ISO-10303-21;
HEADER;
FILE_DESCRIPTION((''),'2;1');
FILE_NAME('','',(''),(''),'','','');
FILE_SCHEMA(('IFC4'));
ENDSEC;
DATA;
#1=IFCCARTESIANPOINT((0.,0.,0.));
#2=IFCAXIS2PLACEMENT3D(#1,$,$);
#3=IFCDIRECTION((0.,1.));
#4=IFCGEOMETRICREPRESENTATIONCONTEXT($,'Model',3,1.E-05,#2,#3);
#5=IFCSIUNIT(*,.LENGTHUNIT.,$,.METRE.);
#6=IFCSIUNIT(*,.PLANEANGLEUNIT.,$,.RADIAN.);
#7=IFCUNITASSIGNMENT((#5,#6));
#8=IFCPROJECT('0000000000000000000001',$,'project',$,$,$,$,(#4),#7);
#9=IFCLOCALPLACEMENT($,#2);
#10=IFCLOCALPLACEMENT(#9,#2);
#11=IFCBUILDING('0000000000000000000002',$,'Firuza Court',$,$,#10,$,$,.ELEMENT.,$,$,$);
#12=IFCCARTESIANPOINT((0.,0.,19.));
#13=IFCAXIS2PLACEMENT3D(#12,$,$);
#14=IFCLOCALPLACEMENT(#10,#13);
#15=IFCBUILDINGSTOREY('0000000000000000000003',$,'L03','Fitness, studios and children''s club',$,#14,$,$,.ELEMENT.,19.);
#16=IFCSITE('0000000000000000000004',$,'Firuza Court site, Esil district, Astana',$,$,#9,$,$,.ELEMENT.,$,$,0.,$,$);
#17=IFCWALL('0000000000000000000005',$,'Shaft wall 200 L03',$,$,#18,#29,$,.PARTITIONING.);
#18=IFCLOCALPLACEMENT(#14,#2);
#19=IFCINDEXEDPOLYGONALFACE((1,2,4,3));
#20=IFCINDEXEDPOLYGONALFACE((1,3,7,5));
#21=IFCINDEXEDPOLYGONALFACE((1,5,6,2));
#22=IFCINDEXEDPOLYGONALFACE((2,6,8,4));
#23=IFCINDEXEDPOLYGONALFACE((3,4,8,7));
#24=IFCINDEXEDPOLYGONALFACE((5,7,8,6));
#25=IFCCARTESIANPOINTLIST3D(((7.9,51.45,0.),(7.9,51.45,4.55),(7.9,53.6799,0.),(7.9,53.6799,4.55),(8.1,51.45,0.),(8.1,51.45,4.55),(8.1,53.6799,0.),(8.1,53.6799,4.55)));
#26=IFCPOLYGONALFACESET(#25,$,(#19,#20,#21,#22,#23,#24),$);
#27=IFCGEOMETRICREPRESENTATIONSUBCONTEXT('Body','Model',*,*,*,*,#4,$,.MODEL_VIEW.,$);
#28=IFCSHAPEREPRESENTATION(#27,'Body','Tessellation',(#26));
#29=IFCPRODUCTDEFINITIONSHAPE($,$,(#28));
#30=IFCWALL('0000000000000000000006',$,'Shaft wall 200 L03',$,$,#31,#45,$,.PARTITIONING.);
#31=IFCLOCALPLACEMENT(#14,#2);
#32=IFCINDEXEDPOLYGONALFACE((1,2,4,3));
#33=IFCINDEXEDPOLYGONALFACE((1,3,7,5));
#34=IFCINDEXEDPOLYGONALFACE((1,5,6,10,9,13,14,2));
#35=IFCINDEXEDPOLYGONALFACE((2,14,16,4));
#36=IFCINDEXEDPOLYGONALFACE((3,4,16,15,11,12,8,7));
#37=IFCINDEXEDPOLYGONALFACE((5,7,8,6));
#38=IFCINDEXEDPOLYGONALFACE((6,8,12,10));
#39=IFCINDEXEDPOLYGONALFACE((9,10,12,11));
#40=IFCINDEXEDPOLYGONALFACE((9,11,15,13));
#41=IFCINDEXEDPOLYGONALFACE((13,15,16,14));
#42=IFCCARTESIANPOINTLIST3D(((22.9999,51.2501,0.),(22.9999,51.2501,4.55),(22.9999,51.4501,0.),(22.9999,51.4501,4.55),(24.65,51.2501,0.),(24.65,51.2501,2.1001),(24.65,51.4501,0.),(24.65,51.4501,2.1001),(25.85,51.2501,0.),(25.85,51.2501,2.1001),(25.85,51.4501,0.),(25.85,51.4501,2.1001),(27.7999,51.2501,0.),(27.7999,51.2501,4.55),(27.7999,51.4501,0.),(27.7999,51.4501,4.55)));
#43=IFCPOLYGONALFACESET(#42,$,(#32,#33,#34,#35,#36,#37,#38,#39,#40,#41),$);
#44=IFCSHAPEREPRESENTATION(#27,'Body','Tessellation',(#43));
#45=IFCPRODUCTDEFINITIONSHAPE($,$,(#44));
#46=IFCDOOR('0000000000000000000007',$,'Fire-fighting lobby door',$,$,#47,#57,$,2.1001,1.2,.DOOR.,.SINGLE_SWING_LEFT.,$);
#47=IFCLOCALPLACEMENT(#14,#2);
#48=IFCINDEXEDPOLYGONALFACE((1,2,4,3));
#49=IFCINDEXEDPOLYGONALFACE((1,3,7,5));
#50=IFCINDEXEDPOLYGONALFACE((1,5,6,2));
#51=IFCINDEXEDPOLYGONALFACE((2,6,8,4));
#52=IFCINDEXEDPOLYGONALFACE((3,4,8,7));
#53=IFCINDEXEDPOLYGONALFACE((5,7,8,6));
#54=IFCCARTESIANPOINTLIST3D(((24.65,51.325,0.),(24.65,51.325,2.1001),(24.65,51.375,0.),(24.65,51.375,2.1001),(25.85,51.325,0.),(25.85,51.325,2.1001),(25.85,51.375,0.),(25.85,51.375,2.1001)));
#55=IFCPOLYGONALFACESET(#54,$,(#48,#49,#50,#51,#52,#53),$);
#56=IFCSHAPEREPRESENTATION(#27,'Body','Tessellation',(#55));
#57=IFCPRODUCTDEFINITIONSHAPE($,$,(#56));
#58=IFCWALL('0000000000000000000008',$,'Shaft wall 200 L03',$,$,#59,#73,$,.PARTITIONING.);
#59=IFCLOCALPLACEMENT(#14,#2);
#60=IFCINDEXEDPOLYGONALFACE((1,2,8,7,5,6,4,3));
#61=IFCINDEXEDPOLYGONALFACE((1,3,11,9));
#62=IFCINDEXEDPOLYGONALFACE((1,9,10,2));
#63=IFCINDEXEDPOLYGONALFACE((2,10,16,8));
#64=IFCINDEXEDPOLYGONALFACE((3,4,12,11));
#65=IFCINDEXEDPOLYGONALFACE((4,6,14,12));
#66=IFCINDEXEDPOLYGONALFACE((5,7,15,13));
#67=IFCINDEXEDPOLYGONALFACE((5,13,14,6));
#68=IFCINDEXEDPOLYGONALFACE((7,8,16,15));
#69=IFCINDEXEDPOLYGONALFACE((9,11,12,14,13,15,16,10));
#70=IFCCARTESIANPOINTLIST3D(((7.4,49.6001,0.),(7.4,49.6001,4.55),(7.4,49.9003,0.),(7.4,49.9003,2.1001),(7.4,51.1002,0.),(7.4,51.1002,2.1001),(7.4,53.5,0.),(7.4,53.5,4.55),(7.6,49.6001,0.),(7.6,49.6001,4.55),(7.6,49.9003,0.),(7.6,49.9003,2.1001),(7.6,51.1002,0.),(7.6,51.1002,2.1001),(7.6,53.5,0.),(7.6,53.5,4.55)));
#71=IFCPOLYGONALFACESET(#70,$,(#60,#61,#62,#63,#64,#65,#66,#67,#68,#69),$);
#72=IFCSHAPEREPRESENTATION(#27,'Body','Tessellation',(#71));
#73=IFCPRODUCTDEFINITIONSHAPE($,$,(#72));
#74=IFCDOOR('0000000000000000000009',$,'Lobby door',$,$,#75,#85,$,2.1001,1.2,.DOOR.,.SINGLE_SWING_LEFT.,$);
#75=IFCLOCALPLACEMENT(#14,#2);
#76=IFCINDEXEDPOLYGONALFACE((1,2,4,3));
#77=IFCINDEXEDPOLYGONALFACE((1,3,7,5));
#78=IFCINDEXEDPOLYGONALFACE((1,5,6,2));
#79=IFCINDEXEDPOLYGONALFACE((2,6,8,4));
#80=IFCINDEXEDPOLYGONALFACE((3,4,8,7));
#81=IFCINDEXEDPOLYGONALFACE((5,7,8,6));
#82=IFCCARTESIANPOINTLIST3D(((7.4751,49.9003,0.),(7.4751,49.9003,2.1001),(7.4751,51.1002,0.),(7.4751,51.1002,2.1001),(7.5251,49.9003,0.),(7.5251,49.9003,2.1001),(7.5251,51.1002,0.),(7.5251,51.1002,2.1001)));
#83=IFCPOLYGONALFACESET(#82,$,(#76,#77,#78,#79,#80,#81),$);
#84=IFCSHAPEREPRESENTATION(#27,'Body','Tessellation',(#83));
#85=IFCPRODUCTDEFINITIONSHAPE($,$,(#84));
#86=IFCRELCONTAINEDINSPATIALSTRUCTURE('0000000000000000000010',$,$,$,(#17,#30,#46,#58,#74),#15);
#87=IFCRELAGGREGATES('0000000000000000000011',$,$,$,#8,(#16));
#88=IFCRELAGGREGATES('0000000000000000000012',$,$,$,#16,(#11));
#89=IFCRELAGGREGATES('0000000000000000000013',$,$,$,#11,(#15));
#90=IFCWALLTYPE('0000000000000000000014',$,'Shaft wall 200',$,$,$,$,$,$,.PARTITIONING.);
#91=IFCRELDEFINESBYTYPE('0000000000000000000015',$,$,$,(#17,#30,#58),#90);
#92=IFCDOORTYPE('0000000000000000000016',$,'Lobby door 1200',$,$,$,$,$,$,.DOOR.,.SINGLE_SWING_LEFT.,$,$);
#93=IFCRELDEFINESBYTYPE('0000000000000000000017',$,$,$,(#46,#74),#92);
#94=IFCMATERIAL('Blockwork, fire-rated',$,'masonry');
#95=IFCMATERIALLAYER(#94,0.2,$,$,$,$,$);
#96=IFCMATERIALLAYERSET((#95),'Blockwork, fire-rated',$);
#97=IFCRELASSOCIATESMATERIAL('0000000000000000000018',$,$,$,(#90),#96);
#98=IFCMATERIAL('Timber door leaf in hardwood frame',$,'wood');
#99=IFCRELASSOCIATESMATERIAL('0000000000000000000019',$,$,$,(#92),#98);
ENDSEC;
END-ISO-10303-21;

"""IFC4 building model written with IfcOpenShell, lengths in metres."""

from ifc_helpers import new_model, si_unit, direction, frame, frame_2d, origin, place, context, subcontext, project, spatial, rectangle, extrude, material, layer, layer_set, type_object, element, fill, save


model = new_model("IFC4")

# Units and contexts
model_context = context("Model", 3, precision=1e-05, world=origin(), true_north=direction((0.0, 1.0)))
body_context = subcontext(model_context, "Body", "Model", "MODEL_VIEW")
ifc_project = project(units=[si_unit("LENGTHUNIT", "METRE"), si_unit("PLANEANGLEUNIT", "RADIAN")], contexts=[model_context])

# Site, building, storey
site_placement = place(None, origin())
site = spatial("IfcSite", under=ifc_project, at=site_placement, Name="Firuza Court site, Esil district, Astana", CompositionType="ELEMENT", RefElevation=0.0)
building_placement = place(site_placement, origin())
building = spatial("IfcBuilding", under=site, at=building_placement, Name="Firuza Court", CompositionType="ELEMENT")
storey_placement = place(building_placement, frame((0.0, 0.0, 19.0)))
storey = spatial("IfcBuildingStorey", under=building, at=storey_placement, Name="L03", Description="Fitness, studios and children's club", CompositionType="ELEMENT", Elevation=19.0)

# Shared definitions
ifc_material_1 = material(Name="Blockwork, fire-rated", Category="masonry")
ifc_layer_1 = layer(ifc_material_1, 0.2)
ifc_layer_set_1 = layer_set([ifc_layer_1], Name="Blockwork, fire-rated")
wall_type_1 = type_object("IfcWallType", Name="Shaft wall 200", PredefinedType="PARTITIONING", material=ifc_layer_set_1)
ifc_material_2 = material(Name="Timber door leaf in hardwood frame", Category="wood")
door_type_1 = type_object("IfcDoorType", Name="Lobby door 1200", OperationType="SINGLE_SWING_LEFT", PredefinedType="DOOR", material=ifc_material_2)

# Wall
for number, where, z_axis, x_axis, name in (
    (1, (8.0, 51.45, 0.0), (0.0, 0.0, 1.0), (0.0, 1.0, 0.0), "Shaft wall 200 L03"),
):
    element("IfcWall", number, at=place(storey_placement, frame(where, z_axis=z_axis, x_axis=x_axis)), inside=storey, type_object=wall_type_1, Name=name, PredefinedType="PARTITIONING", context=body_context, shape_type="SweptSolid", body=[
        extrude(rectangle(XDim=2.23, YDim=0.2, at=frame_2d((1.115, 0.0))), origin(), (0.0, 0.0, 1.0), 4.55),
    ])

# Walls, openings, doors
wall_1_placement = place(storey_placement, frame((23.0, 51.3501, 0.0), z_axis=(0.0, 0.0, 1.0), x_axis=(1.0, 0.0, 0.0)))
wall_1 = element("IfcWall", 2, at=wall_1_placement, inside=storey, type_object=wall_type_1, Name="Shaft wall 200 L03", PredefinedType="PARTITIONING", context=body_context, shape_type="SweptSolid", body=[
    extrude(rectangle(XDim=4.8, YDim=0.2, at=frame_2d((2.3999, 0.0))), origin(), (0.0, 0.0, 1.0), 4.55),
])
opening_1_placement = place(wall_1_placement, frame((1.6499, 0.0, 0.0)))
opening_1 = element("IfcOpeningElement", 3, at=opening_1_placement, cuts=wall_1, PredefinedType="OPENING", context=body_context, shape_type="SweptSolid", body=[
    extrude(rectangle(XDim=1.2, YDim=2.1001, at=frame_2d((0.6001, 1.05))), frame((0.0, 0.1118, 0.0), z_axis=(0.0, -1.0, 0.0), x_axis=(1.0, 0.0, 0.0)), (0.0, 0.0, 1.0), 0.2239),
])
door_1_placement = place(opening_1_placement, origin())
door_1 = element("IfcDoor", 4, at=door_1_placement, inside=storey, type_object=door_type_1, Name="Fire-fighting lobby door", OperationType="SINGLE_SWING_LEFT", OverallHeight=2.1001, OverallWidth=1.2, PredefinedType="DOOR", context=body_context, shape_type="SweptSolid", body=[
    extrude(rectangle(XDim=1.2, YDim=2.1001, at=frame_2d((0.6001, 1.05))), frame((0.0, 0.0249, 0.0), z_axis=(0.0, -1.0, 0.0), x_axis=(1.0, 0.0, 0.0)), (0.0, 0.0, 1.0), 0.05),
])
fill(opening_1, door_1)
wall_2_placement = place(storey_placement, frame((7.5, 49.6001, 0.0), z_axis=(0.0, 0.0, 1.0), x_axis=(0.0, 1.0, 0.0)))
wall_2 = element("IfcWall", 5, at=wall_2_placement, inside=storey, type_object=wall_type_1, Name="Shaft wall 200 L03", PredefinedType="PARTITIONING", context=body_context, shape_type="SweptSolid", body=[
    extrude(rectangle(XDim=3.8999, YDim=0.2, at=frame_2d((1.95, 0.0))), origin(), (0.0, 0.0, 1.0), 4.55),
])
opening_2_placement = place(wall_2_placement, frame((0.3, 0.0, 0.0)))
opening_2 = element("IfcOpeningElement", 6, at=opening_2_placement, cuts=wall_2, PredefinedType="OPENING", context=body_context, shape_type="SweptSolid", body=[
    extrude(rectangle(XDim=1.2, YDim=2.1001, at=frame_2d((0.6001, 1.05))), frame((0.0, 0.1118, 0.0), z_axis=(0.0, -1.0, 0.0), x_axis=(1.0, 0.0, 0.0)), (0.0, 0.0, 1.0), 0.2239),
])
door_2_placement = place(opening_2_placement, origin())
door_2 = element("IfcDoor", 7, at=door_2_placement, inside=storey, type_object=door_type_1, Name="Lobby door", OperationType="SINGLE_SWING_LEFT", OverallHeight=2.1001, OverallWidth=1.2, PredefinedType="DOOR", context=body_context, shape_type="SweptSolid", body=[
    extrude(rectangle(XDim=1.2, YDim=2.1001, at=frame_2d((0.6001, 1.05))), frame((0.0, 0.0249, 0.0), z_axis=(0.0, -1.0, 0.0), x_axis=(1.0, 0.0, 0.0)), (0.0, 0.0, 1.0), 0.05),
])
fill(opening_2, door_2)

save(model, "model.ifc")
